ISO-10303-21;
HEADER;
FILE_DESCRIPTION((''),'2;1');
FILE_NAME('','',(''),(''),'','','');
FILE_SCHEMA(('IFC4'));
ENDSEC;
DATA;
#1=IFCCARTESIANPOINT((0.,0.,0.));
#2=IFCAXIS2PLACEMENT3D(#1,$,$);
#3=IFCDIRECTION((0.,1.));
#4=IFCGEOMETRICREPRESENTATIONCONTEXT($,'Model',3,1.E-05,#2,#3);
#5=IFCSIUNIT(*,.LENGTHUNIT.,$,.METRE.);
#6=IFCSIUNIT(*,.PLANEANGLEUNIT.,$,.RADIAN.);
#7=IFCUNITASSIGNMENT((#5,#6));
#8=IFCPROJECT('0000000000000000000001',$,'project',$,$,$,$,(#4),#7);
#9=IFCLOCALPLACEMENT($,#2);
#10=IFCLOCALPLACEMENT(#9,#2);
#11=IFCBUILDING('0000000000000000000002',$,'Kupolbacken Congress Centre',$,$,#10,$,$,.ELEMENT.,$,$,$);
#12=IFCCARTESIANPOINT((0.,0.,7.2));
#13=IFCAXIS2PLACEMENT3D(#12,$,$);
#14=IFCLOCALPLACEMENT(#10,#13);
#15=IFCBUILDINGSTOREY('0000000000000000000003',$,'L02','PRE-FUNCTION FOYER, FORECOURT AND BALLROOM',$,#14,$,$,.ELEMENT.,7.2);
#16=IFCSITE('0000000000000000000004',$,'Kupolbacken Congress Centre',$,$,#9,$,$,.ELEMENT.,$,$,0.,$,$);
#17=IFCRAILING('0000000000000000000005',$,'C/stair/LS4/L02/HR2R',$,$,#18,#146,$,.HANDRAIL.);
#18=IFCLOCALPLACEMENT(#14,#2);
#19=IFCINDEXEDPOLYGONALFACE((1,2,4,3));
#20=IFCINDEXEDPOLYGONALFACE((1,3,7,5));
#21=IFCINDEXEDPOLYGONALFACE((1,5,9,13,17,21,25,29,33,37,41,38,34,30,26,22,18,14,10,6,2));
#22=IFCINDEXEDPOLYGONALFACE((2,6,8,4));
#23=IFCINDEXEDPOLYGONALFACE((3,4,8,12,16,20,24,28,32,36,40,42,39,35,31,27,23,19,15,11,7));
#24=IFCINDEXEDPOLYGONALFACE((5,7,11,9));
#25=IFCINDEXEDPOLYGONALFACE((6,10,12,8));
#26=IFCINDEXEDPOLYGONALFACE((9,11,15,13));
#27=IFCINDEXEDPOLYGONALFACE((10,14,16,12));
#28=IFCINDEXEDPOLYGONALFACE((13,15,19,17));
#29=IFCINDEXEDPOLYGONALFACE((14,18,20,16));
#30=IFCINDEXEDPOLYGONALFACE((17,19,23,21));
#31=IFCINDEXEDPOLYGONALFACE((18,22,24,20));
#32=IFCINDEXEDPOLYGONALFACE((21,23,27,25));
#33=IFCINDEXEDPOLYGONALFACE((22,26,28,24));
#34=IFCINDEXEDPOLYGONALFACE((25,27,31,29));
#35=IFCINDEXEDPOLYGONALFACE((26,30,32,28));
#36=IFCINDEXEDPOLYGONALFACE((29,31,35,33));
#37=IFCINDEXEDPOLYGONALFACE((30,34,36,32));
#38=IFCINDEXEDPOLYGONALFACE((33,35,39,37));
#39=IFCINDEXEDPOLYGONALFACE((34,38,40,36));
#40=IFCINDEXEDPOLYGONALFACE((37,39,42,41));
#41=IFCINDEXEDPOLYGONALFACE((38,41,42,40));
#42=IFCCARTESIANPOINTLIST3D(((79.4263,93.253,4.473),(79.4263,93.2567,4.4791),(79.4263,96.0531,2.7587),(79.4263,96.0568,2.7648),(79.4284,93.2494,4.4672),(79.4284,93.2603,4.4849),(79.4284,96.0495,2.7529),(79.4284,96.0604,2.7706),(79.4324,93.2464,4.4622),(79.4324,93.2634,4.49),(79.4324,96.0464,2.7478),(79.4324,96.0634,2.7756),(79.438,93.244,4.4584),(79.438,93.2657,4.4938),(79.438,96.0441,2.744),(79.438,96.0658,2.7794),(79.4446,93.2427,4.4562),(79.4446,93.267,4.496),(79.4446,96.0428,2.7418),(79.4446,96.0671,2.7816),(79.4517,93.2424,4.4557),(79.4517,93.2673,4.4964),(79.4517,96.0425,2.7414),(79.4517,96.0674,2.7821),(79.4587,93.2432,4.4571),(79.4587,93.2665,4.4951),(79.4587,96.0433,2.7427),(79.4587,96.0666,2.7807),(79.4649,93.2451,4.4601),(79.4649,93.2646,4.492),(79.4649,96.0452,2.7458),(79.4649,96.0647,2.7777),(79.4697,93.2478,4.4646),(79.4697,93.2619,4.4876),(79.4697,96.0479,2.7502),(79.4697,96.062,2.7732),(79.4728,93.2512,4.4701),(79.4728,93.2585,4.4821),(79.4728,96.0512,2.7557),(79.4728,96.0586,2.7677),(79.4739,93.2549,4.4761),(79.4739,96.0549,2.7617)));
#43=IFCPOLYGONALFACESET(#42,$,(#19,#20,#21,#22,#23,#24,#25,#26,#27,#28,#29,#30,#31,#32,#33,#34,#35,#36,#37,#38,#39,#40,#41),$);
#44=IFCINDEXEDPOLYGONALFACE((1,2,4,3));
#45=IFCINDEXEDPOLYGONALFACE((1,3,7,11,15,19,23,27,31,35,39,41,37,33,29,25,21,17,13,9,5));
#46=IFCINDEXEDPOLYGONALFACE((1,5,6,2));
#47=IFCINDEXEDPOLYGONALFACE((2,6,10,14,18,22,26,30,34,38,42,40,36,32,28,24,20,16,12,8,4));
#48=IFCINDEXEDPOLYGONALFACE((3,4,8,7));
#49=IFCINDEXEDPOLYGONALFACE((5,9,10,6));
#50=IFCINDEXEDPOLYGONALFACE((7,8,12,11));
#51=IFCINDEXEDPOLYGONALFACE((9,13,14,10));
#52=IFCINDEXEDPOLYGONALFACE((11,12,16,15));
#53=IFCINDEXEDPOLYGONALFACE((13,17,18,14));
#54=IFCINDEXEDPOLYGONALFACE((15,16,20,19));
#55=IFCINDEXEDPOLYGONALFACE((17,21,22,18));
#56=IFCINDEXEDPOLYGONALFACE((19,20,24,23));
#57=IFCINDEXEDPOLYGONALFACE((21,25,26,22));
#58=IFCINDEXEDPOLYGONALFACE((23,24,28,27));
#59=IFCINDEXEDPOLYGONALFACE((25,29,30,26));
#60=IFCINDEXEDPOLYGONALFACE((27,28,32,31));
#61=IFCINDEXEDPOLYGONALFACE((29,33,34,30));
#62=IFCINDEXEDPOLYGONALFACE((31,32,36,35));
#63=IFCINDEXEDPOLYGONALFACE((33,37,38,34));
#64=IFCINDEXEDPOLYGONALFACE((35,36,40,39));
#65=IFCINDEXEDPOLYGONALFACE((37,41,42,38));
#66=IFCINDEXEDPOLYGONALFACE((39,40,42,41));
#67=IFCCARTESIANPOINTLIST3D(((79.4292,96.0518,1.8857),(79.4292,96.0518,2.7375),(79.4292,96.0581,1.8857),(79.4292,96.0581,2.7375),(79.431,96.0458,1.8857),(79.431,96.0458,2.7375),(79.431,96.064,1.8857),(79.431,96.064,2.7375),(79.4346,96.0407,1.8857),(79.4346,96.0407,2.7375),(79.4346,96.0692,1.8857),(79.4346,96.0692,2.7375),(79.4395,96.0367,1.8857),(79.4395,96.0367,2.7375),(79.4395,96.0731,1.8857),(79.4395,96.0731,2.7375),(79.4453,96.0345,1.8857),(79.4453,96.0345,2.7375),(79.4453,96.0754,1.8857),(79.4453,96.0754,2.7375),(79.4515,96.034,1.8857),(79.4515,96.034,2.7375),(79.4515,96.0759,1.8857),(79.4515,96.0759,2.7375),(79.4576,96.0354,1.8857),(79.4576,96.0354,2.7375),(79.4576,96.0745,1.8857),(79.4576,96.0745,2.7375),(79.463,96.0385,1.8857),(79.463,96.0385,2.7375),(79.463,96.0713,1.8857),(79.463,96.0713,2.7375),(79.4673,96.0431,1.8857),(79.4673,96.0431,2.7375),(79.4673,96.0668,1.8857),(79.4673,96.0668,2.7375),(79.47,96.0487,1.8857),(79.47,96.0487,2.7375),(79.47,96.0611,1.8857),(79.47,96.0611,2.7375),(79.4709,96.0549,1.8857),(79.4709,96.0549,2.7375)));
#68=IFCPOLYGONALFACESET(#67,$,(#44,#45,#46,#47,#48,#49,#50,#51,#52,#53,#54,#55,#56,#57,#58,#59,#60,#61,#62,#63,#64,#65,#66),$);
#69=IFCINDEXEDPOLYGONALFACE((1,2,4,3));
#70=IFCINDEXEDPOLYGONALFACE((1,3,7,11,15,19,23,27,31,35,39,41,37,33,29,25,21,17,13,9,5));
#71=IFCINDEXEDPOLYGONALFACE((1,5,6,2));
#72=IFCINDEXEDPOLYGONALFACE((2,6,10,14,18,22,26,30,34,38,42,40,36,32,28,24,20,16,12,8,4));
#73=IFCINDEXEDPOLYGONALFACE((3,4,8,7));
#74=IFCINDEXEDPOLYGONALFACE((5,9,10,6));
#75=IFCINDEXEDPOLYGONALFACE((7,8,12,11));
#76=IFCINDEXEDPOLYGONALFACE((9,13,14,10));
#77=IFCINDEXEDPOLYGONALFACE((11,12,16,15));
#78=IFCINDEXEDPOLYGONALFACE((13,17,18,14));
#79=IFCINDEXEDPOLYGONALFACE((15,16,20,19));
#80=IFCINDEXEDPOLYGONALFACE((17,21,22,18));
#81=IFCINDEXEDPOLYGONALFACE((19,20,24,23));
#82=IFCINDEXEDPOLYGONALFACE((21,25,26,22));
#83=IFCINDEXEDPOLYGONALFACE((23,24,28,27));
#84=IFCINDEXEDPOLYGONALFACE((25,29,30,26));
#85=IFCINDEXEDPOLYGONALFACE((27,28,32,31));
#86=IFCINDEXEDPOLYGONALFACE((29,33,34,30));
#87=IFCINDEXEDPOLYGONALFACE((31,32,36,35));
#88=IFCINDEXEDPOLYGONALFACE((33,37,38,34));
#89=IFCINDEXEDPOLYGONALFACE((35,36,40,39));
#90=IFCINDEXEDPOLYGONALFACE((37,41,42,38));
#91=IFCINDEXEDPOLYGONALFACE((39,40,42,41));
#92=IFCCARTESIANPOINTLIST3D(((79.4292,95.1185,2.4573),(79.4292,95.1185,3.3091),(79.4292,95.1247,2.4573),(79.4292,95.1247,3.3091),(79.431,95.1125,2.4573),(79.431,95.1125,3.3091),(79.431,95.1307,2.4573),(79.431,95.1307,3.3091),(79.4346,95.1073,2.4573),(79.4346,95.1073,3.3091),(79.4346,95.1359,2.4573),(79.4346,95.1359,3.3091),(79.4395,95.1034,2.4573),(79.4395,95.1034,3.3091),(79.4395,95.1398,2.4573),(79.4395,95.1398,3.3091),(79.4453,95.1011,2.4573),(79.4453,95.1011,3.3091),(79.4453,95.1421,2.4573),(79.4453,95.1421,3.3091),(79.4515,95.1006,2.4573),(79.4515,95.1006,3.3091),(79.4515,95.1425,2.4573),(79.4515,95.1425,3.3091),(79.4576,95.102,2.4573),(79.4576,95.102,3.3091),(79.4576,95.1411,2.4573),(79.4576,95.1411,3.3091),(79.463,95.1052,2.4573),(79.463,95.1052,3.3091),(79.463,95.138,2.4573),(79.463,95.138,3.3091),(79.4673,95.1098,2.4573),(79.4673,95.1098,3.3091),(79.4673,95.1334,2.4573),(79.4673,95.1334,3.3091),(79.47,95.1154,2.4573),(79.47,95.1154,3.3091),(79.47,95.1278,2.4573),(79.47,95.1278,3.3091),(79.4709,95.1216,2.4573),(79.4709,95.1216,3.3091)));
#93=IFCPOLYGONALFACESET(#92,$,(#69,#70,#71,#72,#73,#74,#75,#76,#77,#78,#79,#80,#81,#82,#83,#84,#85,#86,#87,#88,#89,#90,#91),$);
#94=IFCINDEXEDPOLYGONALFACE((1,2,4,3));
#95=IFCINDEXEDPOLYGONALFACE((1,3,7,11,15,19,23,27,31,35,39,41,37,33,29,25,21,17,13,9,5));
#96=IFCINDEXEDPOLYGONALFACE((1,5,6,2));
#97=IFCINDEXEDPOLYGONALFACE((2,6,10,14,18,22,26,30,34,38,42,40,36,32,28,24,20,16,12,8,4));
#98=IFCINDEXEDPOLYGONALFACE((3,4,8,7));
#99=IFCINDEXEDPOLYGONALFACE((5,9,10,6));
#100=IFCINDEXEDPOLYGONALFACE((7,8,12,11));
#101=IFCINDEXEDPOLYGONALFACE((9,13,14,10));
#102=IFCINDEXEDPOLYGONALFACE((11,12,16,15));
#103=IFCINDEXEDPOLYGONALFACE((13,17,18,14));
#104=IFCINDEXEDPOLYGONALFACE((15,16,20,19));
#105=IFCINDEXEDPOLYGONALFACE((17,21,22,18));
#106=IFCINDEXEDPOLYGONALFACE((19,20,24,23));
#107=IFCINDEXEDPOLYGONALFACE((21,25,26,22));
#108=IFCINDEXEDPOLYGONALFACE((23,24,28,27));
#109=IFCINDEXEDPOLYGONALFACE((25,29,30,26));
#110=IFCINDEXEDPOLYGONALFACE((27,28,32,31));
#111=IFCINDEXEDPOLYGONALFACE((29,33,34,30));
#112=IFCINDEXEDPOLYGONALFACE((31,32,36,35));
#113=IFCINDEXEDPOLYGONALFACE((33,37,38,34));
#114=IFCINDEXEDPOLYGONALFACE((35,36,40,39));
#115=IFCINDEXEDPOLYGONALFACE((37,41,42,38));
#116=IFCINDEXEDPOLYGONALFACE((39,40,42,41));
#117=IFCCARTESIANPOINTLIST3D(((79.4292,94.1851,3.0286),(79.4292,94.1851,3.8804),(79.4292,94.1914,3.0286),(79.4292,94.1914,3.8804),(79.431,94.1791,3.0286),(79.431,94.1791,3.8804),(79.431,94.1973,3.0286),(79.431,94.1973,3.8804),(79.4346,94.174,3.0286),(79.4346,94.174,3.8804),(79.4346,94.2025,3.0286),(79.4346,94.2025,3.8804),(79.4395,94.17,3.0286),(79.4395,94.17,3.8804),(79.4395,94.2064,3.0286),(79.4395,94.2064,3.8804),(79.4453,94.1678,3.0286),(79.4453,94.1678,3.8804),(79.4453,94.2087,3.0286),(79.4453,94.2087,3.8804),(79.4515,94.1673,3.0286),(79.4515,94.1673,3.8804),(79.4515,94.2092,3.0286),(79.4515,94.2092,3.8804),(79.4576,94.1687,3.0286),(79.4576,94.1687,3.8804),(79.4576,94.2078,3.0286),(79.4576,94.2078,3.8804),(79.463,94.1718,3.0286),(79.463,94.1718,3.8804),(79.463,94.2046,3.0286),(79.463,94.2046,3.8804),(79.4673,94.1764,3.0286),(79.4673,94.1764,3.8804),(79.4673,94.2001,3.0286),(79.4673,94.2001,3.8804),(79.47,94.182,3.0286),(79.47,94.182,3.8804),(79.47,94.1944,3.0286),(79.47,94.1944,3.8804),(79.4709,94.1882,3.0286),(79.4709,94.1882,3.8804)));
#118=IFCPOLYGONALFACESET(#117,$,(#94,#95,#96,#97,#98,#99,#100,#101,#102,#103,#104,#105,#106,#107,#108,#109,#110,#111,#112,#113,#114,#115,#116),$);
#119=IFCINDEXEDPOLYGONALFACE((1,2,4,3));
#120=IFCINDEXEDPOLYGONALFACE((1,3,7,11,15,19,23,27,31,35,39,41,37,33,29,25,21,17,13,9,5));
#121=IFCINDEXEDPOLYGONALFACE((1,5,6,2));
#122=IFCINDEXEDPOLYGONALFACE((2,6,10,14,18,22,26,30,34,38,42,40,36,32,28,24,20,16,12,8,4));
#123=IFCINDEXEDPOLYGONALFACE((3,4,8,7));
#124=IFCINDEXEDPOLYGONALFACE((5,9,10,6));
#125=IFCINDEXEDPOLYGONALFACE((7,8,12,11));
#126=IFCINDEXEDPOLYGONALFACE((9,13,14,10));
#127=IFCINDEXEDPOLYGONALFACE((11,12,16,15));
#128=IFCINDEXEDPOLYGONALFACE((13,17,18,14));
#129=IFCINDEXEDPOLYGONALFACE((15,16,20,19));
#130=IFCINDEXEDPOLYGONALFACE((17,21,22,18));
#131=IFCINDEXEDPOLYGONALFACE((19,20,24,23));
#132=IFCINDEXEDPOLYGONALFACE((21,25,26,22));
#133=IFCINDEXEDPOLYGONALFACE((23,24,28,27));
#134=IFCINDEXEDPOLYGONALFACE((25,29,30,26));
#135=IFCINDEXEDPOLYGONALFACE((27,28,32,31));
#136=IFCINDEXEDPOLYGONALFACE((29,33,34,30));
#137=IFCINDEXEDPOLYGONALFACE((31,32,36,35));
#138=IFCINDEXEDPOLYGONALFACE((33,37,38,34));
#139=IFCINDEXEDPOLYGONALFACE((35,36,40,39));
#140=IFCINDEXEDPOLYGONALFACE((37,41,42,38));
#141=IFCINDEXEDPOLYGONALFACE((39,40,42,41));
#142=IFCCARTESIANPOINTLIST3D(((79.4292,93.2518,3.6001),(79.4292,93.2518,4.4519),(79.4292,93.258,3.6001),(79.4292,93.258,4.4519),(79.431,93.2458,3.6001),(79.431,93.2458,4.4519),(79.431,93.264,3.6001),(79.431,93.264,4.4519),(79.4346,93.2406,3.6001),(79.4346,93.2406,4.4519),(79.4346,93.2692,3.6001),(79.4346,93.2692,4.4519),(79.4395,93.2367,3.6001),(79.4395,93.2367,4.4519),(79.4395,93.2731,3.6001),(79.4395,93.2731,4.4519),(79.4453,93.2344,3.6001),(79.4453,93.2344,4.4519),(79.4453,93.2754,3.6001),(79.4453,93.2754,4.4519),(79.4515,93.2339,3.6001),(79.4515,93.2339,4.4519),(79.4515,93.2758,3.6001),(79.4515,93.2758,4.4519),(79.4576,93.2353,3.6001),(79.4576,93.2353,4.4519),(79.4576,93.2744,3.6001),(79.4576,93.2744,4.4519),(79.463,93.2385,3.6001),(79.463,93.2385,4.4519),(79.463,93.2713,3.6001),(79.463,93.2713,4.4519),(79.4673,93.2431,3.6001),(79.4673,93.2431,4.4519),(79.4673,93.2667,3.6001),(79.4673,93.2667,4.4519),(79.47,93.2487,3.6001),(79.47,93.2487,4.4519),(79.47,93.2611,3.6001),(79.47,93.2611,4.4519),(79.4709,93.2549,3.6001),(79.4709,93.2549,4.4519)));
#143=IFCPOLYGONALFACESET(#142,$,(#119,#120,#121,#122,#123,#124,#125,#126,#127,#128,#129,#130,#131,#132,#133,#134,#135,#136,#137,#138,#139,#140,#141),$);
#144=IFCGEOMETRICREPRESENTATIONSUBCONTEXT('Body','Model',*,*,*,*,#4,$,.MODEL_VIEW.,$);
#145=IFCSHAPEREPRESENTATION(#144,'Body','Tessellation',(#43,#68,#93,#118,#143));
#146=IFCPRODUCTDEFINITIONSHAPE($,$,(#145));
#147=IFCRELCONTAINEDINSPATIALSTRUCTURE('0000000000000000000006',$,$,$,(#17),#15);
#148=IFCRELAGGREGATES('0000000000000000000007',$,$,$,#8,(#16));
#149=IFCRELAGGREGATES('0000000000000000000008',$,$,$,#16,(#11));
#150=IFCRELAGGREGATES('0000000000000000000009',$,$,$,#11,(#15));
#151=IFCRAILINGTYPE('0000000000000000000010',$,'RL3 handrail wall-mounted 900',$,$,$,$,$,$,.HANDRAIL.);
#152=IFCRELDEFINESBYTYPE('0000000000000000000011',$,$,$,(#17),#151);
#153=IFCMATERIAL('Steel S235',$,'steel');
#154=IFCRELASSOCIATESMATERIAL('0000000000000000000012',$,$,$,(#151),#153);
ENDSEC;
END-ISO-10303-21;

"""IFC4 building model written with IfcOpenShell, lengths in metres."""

from ifc_helpers import new_model, si_unit, direction, frame, origin, origin_2d, place, context, subcontext, project, spatial, circle, extrude, material, type_object, element, save


model = new_model("IFC4")

# Units and contexts
model_context = context("Model", 3, precision=1e-05, world=origin(), true_north=direction((0.0, 1.0)))
body_context = subcontext(model_context, "Body", "Model", "MODEL_VIEW")
ifc_project = project(units=[si_unit("LENGTHUNIT", "METRE"), si_unit("PLANEANGLEUNIT", "RADIAN")], contexts=[model_context])

# Site, building, storey
site_placement = place(None, origin())
site = spatial("IfcSite", under=ifc_project, at=site_placement, Name="Kupolbacken Congress Centre", CompositionType="ELEMENT", RefElevation=0.0)
building_placement = place(site_placement, origin())
building = spatial("IfcBuilding", under=site, at=building_placement, Name="Kupolbacken Congress Centre", CompositionType="ELEMENT")
storey_placement = place(building_placement, frame((0.0, 0.0, 7.2)))
storey = spatial("IfcBuildingStorey", under=building, at=storey_placement, Name="L02", Description="PRE-FUNCTION FOYER, FORECOURT AND BALLROOM", CompositionType="ELEMENT", Elevation=7.2)

# Railing
ifc_material_1 = material(Name="Steel S235", Category="steel")
railing_type = type_object("IfcRailingType", Name="RL3 handrail wall-mounted 900", PredefinedType="HANDRAIL", material=ifc_material_1)
for number, where, name in (
    (1, (79.45, 96.0549, 1.8857), "C/stair/LS4/L02/HR2R"),
):
    element("IfcRailing", number, at=place(storey_placement, frame(where)), inside=storey, type_object=railing_type, Name=name, PredefinedType="HANDRAIL", context=body_context, shape_type="SweptSolid", body=[
        extrude(circle(Radius=0.0239, at=origin_2d()), frame((0.0, 0.0, 0.876), z_axis=(0.0, -0.852846, 0.522163), x_axis=(1.0, 0.0, 0.0)), (0.0, 0.0, 1.0), 3.2832),
        extrude(circle(Radius=0.021, at=origin_2d()), origin(), (0.0, 0.0, 1.0), 0.8518),
        extrude(circle(Radius=0.021, at=origin_2d()), frame((0.0, -0.9333, 0.5715)), (0.0, 0.0, 1.0), 0.8518),
        extrude(circle(Radius=0.021, at=origin_2d()), frame((0.0, -1.8667, 1.1428)), (0.0, 0.0, 1.0), 0.8518),
        extrude(circle(Radius=0.021, at=origin_2d()), frame((0.0, -2.8, 1.7144)), (0.0, 0.0, 1.0), 0.8518),
    ])

save(model, "model.ifc")
